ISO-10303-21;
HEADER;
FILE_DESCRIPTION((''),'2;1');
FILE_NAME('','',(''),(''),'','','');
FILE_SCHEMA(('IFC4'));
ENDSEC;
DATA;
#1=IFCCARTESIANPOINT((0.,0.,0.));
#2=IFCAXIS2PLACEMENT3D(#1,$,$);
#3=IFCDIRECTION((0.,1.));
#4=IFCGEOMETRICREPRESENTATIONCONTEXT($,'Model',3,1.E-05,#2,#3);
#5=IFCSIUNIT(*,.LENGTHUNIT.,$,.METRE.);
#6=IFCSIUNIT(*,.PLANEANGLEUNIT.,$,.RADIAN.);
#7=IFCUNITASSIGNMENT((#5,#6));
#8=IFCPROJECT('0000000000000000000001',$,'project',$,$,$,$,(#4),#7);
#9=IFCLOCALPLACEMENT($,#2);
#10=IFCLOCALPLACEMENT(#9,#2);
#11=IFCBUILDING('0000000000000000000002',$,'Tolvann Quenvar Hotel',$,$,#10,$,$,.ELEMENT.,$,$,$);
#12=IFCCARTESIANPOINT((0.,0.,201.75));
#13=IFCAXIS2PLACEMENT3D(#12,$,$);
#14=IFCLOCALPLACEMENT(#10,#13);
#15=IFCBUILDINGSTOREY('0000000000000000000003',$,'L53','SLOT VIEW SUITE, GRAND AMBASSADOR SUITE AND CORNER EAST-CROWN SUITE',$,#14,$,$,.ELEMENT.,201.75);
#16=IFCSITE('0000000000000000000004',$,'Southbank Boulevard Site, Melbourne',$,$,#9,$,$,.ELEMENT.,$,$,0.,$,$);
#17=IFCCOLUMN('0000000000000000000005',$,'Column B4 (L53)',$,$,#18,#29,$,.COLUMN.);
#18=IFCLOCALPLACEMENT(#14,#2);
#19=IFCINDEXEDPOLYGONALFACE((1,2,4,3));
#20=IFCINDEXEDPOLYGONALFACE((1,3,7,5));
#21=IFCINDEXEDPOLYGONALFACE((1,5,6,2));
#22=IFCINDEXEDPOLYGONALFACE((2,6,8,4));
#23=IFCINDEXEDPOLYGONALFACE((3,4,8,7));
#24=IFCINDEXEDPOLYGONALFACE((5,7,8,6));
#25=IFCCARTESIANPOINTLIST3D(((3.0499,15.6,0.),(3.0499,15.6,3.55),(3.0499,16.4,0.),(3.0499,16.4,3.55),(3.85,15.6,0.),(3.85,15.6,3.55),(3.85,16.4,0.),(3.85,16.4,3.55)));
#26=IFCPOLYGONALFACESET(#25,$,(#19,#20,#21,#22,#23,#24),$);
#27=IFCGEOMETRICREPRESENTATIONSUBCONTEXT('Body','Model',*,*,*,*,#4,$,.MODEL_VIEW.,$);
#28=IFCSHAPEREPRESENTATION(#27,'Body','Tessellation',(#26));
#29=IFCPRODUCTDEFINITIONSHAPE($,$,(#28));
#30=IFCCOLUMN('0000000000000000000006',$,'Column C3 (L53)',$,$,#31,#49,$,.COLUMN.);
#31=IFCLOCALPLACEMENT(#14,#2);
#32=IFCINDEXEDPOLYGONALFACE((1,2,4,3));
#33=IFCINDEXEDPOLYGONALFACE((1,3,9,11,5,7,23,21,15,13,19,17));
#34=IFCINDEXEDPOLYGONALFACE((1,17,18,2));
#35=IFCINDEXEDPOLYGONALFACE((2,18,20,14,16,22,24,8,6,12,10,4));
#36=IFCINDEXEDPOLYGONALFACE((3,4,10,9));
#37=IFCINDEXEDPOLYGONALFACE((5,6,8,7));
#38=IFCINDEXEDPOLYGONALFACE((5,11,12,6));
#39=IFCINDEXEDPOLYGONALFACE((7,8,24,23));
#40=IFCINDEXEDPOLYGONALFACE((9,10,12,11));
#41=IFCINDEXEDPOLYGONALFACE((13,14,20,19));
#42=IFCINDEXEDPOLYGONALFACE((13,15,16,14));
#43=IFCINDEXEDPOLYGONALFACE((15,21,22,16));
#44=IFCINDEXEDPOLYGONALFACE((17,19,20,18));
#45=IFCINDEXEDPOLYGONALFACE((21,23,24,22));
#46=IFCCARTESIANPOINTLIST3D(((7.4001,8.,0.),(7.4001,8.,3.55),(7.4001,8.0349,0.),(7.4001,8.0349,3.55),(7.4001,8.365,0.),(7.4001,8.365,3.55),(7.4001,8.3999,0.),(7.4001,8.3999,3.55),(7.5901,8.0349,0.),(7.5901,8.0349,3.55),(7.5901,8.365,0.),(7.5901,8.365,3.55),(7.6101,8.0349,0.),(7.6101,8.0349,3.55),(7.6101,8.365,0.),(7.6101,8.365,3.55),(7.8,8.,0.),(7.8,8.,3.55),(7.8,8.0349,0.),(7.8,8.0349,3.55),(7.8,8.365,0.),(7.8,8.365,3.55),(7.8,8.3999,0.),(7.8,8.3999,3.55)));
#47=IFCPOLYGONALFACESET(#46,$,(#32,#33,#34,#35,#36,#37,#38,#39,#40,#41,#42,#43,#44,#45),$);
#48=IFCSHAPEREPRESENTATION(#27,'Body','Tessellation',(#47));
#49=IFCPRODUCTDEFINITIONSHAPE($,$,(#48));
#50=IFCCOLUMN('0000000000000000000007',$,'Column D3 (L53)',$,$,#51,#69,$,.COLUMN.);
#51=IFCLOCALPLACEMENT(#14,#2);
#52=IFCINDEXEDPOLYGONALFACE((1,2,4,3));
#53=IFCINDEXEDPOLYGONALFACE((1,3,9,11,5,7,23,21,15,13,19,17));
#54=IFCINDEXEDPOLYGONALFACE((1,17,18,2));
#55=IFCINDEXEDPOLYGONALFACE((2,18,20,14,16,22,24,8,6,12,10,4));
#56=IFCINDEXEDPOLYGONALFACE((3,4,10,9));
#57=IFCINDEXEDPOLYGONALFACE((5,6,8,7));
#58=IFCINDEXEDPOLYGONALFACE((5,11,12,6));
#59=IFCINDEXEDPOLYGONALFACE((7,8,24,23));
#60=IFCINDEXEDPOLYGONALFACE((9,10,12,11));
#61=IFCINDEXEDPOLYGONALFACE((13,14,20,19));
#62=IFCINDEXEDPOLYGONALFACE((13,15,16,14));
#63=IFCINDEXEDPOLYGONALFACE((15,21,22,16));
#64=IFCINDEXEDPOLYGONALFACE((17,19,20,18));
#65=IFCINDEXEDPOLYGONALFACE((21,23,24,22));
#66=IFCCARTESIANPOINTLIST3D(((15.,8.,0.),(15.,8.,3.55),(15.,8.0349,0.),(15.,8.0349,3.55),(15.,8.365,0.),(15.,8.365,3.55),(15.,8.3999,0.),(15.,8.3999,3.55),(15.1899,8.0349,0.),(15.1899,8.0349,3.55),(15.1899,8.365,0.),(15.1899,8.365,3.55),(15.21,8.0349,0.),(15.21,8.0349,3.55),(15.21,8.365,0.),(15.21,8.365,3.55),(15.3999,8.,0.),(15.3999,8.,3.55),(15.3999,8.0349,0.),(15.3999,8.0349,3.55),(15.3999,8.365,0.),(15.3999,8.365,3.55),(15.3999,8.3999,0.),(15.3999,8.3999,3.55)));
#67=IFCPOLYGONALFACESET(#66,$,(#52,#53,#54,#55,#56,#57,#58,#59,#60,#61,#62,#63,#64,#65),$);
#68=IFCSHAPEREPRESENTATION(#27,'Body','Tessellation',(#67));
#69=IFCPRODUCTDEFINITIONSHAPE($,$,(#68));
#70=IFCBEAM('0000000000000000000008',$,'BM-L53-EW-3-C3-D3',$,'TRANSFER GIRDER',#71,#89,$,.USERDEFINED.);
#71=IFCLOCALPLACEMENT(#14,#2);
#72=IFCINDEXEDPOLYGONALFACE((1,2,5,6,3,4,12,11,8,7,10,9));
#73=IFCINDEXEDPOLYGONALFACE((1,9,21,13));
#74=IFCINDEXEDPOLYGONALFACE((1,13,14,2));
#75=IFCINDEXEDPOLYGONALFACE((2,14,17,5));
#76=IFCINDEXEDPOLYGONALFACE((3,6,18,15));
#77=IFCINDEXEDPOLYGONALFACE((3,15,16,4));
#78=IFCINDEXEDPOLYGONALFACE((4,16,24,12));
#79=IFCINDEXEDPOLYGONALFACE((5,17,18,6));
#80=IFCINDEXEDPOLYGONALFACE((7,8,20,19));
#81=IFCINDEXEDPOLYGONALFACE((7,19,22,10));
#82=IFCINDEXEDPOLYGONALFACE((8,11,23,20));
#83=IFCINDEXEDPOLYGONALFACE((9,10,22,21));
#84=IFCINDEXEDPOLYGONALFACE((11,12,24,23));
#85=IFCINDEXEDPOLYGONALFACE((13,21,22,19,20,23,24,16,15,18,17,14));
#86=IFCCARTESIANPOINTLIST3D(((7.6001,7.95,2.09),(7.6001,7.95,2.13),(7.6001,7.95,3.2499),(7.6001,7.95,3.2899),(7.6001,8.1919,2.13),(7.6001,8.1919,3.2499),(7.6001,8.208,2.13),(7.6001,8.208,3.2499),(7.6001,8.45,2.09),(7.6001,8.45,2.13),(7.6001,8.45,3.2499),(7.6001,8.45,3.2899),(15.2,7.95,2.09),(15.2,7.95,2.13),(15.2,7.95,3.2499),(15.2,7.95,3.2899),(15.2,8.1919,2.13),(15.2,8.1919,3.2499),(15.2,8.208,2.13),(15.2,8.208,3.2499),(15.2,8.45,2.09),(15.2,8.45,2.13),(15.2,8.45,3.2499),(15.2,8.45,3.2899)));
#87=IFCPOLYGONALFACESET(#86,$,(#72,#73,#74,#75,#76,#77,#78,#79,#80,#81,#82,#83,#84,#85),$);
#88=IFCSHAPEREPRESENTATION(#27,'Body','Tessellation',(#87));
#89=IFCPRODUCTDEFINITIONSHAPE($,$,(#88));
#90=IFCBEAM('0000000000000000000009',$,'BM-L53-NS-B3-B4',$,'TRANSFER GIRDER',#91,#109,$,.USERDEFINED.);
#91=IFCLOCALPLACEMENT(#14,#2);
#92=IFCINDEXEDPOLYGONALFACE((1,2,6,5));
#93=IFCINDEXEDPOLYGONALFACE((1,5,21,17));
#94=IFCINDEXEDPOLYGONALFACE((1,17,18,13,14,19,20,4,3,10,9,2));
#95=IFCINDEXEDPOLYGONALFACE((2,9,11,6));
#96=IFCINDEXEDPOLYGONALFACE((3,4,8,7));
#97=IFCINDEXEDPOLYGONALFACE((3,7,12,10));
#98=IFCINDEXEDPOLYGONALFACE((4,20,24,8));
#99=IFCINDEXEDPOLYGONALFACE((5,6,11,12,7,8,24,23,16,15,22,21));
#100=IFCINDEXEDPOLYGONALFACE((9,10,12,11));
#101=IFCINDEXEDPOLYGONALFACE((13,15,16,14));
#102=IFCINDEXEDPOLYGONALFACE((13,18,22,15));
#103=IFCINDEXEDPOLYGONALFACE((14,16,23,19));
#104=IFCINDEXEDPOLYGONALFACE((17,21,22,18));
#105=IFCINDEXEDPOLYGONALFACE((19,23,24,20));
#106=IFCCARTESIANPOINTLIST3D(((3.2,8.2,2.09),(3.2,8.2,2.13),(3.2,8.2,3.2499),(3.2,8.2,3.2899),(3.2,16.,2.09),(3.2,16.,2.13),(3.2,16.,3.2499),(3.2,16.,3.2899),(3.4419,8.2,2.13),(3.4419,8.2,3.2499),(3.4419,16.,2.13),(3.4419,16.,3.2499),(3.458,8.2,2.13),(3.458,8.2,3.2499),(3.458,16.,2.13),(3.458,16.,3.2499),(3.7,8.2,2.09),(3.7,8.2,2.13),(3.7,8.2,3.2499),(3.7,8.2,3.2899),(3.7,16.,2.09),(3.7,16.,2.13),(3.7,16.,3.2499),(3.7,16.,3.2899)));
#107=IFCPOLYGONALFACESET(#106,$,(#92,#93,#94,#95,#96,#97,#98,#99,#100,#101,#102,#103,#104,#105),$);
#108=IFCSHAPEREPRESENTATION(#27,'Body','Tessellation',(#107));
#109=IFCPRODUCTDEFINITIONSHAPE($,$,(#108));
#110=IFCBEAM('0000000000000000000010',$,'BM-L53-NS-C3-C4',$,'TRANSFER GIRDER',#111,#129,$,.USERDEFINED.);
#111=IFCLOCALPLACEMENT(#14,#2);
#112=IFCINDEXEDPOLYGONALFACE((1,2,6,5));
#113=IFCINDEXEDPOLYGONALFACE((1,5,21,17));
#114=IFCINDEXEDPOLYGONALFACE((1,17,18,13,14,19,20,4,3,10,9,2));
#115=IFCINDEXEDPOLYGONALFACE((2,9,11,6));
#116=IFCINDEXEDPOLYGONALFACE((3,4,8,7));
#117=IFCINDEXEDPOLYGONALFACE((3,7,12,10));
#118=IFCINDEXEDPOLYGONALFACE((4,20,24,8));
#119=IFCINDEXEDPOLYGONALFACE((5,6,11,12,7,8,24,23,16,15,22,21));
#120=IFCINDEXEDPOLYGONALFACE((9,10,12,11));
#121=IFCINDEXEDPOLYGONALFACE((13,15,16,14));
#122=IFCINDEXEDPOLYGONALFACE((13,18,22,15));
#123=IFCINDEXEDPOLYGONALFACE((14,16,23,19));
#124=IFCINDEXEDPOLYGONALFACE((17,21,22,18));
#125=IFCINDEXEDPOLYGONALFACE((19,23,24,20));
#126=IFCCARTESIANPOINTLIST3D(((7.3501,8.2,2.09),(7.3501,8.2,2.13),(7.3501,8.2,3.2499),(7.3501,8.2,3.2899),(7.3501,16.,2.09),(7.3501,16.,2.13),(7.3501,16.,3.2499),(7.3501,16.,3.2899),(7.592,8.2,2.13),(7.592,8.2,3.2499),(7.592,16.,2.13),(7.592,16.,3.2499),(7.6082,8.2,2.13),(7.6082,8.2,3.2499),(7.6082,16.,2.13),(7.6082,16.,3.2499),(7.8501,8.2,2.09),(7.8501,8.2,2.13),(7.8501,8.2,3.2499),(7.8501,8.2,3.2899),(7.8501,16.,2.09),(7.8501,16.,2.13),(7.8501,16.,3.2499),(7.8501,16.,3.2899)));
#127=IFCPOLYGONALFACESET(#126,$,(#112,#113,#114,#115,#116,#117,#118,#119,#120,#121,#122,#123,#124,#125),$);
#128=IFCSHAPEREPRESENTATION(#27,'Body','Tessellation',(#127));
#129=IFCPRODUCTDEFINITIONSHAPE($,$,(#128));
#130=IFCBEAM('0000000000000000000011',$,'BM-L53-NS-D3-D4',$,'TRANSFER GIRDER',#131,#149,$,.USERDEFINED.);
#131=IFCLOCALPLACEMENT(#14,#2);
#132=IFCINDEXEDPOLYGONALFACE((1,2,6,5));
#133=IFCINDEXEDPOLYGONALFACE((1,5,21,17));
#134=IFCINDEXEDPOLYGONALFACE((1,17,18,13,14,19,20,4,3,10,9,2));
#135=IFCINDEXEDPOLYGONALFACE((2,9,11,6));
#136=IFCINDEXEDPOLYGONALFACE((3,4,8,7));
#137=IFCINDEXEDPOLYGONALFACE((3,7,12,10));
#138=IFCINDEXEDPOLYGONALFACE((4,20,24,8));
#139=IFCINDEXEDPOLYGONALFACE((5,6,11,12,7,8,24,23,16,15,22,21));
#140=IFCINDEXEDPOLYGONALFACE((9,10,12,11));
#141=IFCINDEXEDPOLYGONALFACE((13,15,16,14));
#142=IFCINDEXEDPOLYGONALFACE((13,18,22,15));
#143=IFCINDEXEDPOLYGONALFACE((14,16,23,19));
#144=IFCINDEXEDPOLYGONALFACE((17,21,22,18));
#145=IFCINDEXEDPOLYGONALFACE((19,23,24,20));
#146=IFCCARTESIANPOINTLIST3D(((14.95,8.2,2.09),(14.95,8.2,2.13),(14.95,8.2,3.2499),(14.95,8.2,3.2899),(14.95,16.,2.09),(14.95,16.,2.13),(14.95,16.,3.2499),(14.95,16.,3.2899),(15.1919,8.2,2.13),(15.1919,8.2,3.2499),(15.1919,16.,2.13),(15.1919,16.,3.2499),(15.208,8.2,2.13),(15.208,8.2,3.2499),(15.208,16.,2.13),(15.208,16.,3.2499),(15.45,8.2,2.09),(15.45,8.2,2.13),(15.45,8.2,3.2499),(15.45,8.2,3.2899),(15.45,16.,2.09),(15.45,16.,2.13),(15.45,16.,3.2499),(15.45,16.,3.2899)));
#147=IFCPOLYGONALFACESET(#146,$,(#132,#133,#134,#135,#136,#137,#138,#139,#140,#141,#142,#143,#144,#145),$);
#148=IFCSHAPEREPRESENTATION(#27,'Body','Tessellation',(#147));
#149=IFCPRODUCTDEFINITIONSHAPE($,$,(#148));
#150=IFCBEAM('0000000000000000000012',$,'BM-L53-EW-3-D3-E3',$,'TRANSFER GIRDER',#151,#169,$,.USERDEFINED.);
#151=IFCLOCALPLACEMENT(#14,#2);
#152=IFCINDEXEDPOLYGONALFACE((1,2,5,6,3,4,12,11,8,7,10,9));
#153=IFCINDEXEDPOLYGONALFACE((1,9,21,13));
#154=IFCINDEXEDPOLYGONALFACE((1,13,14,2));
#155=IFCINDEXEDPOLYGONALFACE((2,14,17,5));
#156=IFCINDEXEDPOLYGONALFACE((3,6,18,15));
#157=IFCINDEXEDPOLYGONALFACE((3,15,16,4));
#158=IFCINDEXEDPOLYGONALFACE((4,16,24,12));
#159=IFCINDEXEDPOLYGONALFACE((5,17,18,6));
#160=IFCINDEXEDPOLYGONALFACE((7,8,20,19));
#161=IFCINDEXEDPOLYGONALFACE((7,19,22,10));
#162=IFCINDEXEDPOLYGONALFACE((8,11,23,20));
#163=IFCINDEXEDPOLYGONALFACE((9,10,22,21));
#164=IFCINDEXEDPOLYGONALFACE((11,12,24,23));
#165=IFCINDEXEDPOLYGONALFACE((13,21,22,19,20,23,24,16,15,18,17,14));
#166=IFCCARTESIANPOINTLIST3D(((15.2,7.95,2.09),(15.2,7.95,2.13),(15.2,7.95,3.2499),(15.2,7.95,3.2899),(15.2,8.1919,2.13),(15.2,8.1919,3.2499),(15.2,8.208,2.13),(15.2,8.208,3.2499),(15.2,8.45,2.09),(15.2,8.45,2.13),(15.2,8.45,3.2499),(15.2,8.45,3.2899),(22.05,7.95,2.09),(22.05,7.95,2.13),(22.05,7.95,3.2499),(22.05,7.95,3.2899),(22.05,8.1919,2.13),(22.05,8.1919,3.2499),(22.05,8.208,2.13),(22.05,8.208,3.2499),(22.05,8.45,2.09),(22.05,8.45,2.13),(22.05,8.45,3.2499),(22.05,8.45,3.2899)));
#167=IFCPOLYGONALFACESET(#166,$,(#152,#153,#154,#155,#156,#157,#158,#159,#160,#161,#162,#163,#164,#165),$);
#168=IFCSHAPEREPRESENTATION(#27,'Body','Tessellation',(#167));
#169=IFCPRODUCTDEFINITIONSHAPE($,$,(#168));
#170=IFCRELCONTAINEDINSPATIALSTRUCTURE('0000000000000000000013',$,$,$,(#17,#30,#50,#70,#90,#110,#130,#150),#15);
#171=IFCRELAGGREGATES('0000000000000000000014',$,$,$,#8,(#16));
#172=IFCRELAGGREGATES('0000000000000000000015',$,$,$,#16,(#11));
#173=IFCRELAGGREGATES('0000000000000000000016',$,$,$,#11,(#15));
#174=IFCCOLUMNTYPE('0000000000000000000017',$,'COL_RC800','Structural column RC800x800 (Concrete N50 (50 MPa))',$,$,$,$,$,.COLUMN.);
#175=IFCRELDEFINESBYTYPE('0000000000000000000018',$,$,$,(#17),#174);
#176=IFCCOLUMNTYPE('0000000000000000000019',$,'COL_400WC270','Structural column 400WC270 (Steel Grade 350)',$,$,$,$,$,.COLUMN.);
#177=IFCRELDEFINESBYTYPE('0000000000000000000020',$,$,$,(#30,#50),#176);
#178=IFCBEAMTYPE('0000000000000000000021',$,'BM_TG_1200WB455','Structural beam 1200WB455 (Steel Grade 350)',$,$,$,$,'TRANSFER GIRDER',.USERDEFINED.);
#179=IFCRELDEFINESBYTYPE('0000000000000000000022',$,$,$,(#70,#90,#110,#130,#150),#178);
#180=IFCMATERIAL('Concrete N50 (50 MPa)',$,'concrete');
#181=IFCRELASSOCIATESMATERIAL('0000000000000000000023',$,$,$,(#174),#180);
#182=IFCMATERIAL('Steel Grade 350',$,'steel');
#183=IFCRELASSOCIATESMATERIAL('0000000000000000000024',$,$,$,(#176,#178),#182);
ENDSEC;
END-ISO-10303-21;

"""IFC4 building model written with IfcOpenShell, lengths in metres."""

from ifc_helpers import new_model, si_unit, direction, frame, origin, origin_2d, place, context, subcontext, project, spatial, rectangle, i_section, extrude, source, transform, mapped, material, material_profile, profile_set, type_object, type_shapes, element, save


model = new_model("IFC4")

# Units and contexts
model_context = context("Model", 3, precision=1e-05, world=origin(), true_north=direction((0.0, 1.0)))
body_context = subcontext(model_context, "Body", "Model", "MODEL_VIEW")
ifc_project = project(units=[si_unit("LENGTHUNIT", "METRE"), si_unit("PLANEANGLEUNIT", "RADIAN")], contexts=[model_context])

# Site, building, storey
site_placement = place(None, origin())
site = spatial("IfcSite", under=ifc_project, at=site_placement, Name="Southbank Boulevard Site, Melbourne", CompositionType="ELEMENT", RefElevation=0.0)
building_placement = place(site_placement, origin())
building = spatial("IfcBuilding", under=site, at=building_placement, Name="Tolvann Quenvar Hotel", CompositionType="ELEMENT")
storey_placement = place(building_placement, frame((0.0, 0.0, 201.75)))
storey = spatial("IfcBuildingStorey", under=building, at=storey_placement, Name="L53", Description="SLOT VIEW SUITE, GRAND AMBASSADOR SUITE AND CORNER EAST-CROWN SUITE", CompositionType="ELEMENT", Elevation=201.75)

# Columns
ifc_material_1 = material(Name="Concrete N50 (50 MPa)", Category="concrete")
ifc_material_profile_1 = material_profile(ifc_material_1, rectangle(XDim=0.8, YDim=0.8, at=origin_2d()), Name="RC800x800")
ifc_profile_set_1 = profile_set([ifc_material_profile_1], Name="Concrete N50 (50 MPa)")
column_type_1 = type_object("IfcColumnType", Name="COL_RC800", Description="Structural column RC800x800 (Concrete N50 (50 MPa))", PredefinedType="COLUMN", material=ifc_profile_set_1)
shared_shape_1 = source(origin(), body_context, "Body", "SweptSolid", [
    extrude(rectangle(XDim=0.8, YDim=0.8, at=origin_2d()), origin(), (0.0, 0.0, 1.0), 3.55),
])
type_shapes(column_type_1, [shared_shape_1])
column_placement = place(storey_placement, frame((3.45, 16.0, 0.0), z_axis=(0.0, 0.0, 1.0), x_axis=(1.0, 0.0, 0.0)))
element("IfcColumn", 1, at=column_placement, inside=storey, type_object=column_type_1, Name="Column B4 (L53)", PredefinedType="COLUMN", context=body_context, shape_type="MappedRepresentation", body=[
    mapped(shared_shape_1, transform((0.0, 0.0, 0.0), x_axis=(1.0, 0.0, 0.0), y_axis=(0.0, 1.0, 0.0), z_axis=(0.0, 0.0, 1.0), scale=1.0)),
])
ifc_material_2 = material(Name="Steel Grade 350", Category="steel")
ifc_material_profile_2 = material_profile(ifc_material_2, i_section(OverallWidth=0.3999, OverallDepth=0.3999, WebThickness=0.02, FlangeThickness=0.0349, at=origin_2d()), Name="400WC270")
ifc_profile_set_2 = profile_set([ifc_material_profile_2], Name="Steel Grade 350")
column_type_2 = type_object("IfcColumnType", Name="COL_400WC270", Description="Structural column 400WC270 (Steel Grade 350)", PredefinedType="COLUMN", material=ifc_profile_set_2)
shared_shape_2 = source(origin(), body_context, "Body", "SweptSolid", [
    extrude(i_section(OverallWidth=0.3999, OverallDepth=0.3999, WebThickness=0.02, FlangeThickness=0.0349, at=origin_2d()), origin(), (0.0, 0.0, 1.0), 3.55),
])
type_shapes(column_type_2, [shared_shape_2])
for number, where, z_axis, x_axis, name in (
    (2, (7.6001, 8.2, 0.0), (0.0, 0.0, 1.0), (1.0, 0.0, 0.0), "Column C3 (L53)"),
    (3, (15.2, 8.2, 0.0), (0.0, 0.0, 1.0), (1.0, 0.0, 0.0), "Column D3 (L53)"),
):
    element("IfcColumn", number, at=place(storey_placement, frame(where, z_axis=z_axis, x_axis=x_axis)), inside=storey, type_object=column_type_2, Name=name, PredefinedType="COLUMN", context=body_context, shape_type="MappedRepresentation", body=[
        mapped(shared_shape_2, transform((0.0, 0.0, 0.0), x_axis=(1.0, 0.0, 0.0), y_axis=(0.0, 1.0, 0.0), z_axis=(0.0, 0.0, 1.0), scale=1.0)),
    ])

# Beams
ifc_material_profile_3 = material_profile(ifc_material_2, i_section(OverallWidth=0.5, OverallDepth=1.2, WebThickness=0.0161, FlangeThickness=0.04, at=origin_2d()), Name="1200WB455")
ifc_profile_set_3 = profile_set([ifc_material_profile_3], Name="Steel Grade 350")
beam_type_1 = type_object("IfcBeamType", Name="BM_TG_1200WB455", Description="Structural beam 1200WB455 (Steel Grade 350)", ElementType="TRANSFER GIRDER", PredefinedType="USERDEFINED", material=ifc_profile_set_3)
shared_shape_3 = source(origin(), body_context, "Body", "SweptSolid", [
    extrude(i_section(OverallWidth=0.5, OverallDepth=1.2, WebThickness=0.0161, FlangeThickness=0.04, at=origin_2d()), origin(), (0.0, 0.0, 1.0), 7.5999),
])
beam_1_placement = place(storey_placement, frame((7.6001, 8.2, 2.6899), z_axis=(1.0, 0.0, 0.0), x_axis=(0.0, 1.0, 0.0)))
element("IfcBeam", 4, at=beam_1_placement, inside=storey, type_object=beam_type_1, Name="BM-L53-EW-3-C3-D3", ObjectType="TRANSFER GIRDER", PredefinedType="USERDEFINED", context=body_context, shape_type="MappedRepresentation", body=[
    mapped(shared_shape_3, transform((0.0, 0.0, 0.0), x_axis=(1.0, 0.0, 0.0), y_axis=(0.0, 1.0, 0.0), z_axis=(0.0, 0.0, 1.0), scale=1.0)),
])
shared_shape_4 = source(origin(), body_context, "Body", "SweptSolid", [
    extrude(i_section(OverallWidth=0.5, OverallDepth=1.2, WebThickness=0.0161, FlangeThickness=0.04, at=origin_2d()), origin(), (0.0, 0.0, 1.0), 7.8),
])
for number, where, z_axis, x_axis, name in (
    (5, (3.45, 8.2, 2.6899), (0.0, 1.0, 0.0), (-1.0, 0.0, 0.0), "BM-L53-NS-B3-B4"),
    (6, (7.6001, 8.2, 2.6899), (0.0, 1.0, 0.0), (-1.0, 0.0, 0.0), "BM-L53-NS-C3-C4"),
    (7, (15.2, 8.2, 2.6899), (0.0, 1.0, 0.0), (-1.0, 0.0, 0.0), "BM-L53-NS-D3-D4"),
):
    element("IfcBeam", number, at=place(storey_placement, frame(where, z_axis=z_axis, x_axis=x_axis)), inside=storey, type_object=beam_type_1, Name=name, ObjectType="TRANSFER GIRDER", PredefinedType="USERDEFINED", context=body_context, shape_type="MappedRepresentation", body=[
        mapped(shared_shape_4, transform((0.0, 0.0, 0.0), x_axis=(1.0, 0.0, 0.0), y_axis=(0.0, 1.0, 0.0), z_axis=(0.0, 0.0, 1.0), scale=1.0)),
    ])
shared_shape_5 = source(origin(), body_context, "Body", "SweptSolid", [
    extrude(i_section(OverallWidth=0.5, OverallDepth=1.2, WebThickness=0.0161, FlangeThickness=0.04, at=origin_2d()), origin(), (0.0, 0.0, 1.0), 6.8501),
])
type_shapes(beam_type_1, [shared_shape_3, shared_shape_4, shared_shape_5])
beam_2_placement = place(storey_placement, frame((15.2, 8.2, 2.6899), z_axis=(1.0, 0.0, 0.0), x_axis=(0.0, 1.0, 0.0)))
element("IfcBeam", 8, at=beam_2_placement, inside=storey, type_object=beam_type_1, Name="BM-L53-EW-3-D3-E3", ObjectType="TRANSFER GIRDER", PredefinedType="USERDEFINED", context=body_context, shape_type="MappedRepresentation", body=[
    mapped(shared_shape_5, transform((0.0, 0.0, 0.0), x_axis=(1.0, 0.0, 0.0), y_axis=(0.0, 1.0, 0.0), z_axis=(0.0, 0.0, 1.0), scale=1.0)),
])

save(model, "model.ifc")
